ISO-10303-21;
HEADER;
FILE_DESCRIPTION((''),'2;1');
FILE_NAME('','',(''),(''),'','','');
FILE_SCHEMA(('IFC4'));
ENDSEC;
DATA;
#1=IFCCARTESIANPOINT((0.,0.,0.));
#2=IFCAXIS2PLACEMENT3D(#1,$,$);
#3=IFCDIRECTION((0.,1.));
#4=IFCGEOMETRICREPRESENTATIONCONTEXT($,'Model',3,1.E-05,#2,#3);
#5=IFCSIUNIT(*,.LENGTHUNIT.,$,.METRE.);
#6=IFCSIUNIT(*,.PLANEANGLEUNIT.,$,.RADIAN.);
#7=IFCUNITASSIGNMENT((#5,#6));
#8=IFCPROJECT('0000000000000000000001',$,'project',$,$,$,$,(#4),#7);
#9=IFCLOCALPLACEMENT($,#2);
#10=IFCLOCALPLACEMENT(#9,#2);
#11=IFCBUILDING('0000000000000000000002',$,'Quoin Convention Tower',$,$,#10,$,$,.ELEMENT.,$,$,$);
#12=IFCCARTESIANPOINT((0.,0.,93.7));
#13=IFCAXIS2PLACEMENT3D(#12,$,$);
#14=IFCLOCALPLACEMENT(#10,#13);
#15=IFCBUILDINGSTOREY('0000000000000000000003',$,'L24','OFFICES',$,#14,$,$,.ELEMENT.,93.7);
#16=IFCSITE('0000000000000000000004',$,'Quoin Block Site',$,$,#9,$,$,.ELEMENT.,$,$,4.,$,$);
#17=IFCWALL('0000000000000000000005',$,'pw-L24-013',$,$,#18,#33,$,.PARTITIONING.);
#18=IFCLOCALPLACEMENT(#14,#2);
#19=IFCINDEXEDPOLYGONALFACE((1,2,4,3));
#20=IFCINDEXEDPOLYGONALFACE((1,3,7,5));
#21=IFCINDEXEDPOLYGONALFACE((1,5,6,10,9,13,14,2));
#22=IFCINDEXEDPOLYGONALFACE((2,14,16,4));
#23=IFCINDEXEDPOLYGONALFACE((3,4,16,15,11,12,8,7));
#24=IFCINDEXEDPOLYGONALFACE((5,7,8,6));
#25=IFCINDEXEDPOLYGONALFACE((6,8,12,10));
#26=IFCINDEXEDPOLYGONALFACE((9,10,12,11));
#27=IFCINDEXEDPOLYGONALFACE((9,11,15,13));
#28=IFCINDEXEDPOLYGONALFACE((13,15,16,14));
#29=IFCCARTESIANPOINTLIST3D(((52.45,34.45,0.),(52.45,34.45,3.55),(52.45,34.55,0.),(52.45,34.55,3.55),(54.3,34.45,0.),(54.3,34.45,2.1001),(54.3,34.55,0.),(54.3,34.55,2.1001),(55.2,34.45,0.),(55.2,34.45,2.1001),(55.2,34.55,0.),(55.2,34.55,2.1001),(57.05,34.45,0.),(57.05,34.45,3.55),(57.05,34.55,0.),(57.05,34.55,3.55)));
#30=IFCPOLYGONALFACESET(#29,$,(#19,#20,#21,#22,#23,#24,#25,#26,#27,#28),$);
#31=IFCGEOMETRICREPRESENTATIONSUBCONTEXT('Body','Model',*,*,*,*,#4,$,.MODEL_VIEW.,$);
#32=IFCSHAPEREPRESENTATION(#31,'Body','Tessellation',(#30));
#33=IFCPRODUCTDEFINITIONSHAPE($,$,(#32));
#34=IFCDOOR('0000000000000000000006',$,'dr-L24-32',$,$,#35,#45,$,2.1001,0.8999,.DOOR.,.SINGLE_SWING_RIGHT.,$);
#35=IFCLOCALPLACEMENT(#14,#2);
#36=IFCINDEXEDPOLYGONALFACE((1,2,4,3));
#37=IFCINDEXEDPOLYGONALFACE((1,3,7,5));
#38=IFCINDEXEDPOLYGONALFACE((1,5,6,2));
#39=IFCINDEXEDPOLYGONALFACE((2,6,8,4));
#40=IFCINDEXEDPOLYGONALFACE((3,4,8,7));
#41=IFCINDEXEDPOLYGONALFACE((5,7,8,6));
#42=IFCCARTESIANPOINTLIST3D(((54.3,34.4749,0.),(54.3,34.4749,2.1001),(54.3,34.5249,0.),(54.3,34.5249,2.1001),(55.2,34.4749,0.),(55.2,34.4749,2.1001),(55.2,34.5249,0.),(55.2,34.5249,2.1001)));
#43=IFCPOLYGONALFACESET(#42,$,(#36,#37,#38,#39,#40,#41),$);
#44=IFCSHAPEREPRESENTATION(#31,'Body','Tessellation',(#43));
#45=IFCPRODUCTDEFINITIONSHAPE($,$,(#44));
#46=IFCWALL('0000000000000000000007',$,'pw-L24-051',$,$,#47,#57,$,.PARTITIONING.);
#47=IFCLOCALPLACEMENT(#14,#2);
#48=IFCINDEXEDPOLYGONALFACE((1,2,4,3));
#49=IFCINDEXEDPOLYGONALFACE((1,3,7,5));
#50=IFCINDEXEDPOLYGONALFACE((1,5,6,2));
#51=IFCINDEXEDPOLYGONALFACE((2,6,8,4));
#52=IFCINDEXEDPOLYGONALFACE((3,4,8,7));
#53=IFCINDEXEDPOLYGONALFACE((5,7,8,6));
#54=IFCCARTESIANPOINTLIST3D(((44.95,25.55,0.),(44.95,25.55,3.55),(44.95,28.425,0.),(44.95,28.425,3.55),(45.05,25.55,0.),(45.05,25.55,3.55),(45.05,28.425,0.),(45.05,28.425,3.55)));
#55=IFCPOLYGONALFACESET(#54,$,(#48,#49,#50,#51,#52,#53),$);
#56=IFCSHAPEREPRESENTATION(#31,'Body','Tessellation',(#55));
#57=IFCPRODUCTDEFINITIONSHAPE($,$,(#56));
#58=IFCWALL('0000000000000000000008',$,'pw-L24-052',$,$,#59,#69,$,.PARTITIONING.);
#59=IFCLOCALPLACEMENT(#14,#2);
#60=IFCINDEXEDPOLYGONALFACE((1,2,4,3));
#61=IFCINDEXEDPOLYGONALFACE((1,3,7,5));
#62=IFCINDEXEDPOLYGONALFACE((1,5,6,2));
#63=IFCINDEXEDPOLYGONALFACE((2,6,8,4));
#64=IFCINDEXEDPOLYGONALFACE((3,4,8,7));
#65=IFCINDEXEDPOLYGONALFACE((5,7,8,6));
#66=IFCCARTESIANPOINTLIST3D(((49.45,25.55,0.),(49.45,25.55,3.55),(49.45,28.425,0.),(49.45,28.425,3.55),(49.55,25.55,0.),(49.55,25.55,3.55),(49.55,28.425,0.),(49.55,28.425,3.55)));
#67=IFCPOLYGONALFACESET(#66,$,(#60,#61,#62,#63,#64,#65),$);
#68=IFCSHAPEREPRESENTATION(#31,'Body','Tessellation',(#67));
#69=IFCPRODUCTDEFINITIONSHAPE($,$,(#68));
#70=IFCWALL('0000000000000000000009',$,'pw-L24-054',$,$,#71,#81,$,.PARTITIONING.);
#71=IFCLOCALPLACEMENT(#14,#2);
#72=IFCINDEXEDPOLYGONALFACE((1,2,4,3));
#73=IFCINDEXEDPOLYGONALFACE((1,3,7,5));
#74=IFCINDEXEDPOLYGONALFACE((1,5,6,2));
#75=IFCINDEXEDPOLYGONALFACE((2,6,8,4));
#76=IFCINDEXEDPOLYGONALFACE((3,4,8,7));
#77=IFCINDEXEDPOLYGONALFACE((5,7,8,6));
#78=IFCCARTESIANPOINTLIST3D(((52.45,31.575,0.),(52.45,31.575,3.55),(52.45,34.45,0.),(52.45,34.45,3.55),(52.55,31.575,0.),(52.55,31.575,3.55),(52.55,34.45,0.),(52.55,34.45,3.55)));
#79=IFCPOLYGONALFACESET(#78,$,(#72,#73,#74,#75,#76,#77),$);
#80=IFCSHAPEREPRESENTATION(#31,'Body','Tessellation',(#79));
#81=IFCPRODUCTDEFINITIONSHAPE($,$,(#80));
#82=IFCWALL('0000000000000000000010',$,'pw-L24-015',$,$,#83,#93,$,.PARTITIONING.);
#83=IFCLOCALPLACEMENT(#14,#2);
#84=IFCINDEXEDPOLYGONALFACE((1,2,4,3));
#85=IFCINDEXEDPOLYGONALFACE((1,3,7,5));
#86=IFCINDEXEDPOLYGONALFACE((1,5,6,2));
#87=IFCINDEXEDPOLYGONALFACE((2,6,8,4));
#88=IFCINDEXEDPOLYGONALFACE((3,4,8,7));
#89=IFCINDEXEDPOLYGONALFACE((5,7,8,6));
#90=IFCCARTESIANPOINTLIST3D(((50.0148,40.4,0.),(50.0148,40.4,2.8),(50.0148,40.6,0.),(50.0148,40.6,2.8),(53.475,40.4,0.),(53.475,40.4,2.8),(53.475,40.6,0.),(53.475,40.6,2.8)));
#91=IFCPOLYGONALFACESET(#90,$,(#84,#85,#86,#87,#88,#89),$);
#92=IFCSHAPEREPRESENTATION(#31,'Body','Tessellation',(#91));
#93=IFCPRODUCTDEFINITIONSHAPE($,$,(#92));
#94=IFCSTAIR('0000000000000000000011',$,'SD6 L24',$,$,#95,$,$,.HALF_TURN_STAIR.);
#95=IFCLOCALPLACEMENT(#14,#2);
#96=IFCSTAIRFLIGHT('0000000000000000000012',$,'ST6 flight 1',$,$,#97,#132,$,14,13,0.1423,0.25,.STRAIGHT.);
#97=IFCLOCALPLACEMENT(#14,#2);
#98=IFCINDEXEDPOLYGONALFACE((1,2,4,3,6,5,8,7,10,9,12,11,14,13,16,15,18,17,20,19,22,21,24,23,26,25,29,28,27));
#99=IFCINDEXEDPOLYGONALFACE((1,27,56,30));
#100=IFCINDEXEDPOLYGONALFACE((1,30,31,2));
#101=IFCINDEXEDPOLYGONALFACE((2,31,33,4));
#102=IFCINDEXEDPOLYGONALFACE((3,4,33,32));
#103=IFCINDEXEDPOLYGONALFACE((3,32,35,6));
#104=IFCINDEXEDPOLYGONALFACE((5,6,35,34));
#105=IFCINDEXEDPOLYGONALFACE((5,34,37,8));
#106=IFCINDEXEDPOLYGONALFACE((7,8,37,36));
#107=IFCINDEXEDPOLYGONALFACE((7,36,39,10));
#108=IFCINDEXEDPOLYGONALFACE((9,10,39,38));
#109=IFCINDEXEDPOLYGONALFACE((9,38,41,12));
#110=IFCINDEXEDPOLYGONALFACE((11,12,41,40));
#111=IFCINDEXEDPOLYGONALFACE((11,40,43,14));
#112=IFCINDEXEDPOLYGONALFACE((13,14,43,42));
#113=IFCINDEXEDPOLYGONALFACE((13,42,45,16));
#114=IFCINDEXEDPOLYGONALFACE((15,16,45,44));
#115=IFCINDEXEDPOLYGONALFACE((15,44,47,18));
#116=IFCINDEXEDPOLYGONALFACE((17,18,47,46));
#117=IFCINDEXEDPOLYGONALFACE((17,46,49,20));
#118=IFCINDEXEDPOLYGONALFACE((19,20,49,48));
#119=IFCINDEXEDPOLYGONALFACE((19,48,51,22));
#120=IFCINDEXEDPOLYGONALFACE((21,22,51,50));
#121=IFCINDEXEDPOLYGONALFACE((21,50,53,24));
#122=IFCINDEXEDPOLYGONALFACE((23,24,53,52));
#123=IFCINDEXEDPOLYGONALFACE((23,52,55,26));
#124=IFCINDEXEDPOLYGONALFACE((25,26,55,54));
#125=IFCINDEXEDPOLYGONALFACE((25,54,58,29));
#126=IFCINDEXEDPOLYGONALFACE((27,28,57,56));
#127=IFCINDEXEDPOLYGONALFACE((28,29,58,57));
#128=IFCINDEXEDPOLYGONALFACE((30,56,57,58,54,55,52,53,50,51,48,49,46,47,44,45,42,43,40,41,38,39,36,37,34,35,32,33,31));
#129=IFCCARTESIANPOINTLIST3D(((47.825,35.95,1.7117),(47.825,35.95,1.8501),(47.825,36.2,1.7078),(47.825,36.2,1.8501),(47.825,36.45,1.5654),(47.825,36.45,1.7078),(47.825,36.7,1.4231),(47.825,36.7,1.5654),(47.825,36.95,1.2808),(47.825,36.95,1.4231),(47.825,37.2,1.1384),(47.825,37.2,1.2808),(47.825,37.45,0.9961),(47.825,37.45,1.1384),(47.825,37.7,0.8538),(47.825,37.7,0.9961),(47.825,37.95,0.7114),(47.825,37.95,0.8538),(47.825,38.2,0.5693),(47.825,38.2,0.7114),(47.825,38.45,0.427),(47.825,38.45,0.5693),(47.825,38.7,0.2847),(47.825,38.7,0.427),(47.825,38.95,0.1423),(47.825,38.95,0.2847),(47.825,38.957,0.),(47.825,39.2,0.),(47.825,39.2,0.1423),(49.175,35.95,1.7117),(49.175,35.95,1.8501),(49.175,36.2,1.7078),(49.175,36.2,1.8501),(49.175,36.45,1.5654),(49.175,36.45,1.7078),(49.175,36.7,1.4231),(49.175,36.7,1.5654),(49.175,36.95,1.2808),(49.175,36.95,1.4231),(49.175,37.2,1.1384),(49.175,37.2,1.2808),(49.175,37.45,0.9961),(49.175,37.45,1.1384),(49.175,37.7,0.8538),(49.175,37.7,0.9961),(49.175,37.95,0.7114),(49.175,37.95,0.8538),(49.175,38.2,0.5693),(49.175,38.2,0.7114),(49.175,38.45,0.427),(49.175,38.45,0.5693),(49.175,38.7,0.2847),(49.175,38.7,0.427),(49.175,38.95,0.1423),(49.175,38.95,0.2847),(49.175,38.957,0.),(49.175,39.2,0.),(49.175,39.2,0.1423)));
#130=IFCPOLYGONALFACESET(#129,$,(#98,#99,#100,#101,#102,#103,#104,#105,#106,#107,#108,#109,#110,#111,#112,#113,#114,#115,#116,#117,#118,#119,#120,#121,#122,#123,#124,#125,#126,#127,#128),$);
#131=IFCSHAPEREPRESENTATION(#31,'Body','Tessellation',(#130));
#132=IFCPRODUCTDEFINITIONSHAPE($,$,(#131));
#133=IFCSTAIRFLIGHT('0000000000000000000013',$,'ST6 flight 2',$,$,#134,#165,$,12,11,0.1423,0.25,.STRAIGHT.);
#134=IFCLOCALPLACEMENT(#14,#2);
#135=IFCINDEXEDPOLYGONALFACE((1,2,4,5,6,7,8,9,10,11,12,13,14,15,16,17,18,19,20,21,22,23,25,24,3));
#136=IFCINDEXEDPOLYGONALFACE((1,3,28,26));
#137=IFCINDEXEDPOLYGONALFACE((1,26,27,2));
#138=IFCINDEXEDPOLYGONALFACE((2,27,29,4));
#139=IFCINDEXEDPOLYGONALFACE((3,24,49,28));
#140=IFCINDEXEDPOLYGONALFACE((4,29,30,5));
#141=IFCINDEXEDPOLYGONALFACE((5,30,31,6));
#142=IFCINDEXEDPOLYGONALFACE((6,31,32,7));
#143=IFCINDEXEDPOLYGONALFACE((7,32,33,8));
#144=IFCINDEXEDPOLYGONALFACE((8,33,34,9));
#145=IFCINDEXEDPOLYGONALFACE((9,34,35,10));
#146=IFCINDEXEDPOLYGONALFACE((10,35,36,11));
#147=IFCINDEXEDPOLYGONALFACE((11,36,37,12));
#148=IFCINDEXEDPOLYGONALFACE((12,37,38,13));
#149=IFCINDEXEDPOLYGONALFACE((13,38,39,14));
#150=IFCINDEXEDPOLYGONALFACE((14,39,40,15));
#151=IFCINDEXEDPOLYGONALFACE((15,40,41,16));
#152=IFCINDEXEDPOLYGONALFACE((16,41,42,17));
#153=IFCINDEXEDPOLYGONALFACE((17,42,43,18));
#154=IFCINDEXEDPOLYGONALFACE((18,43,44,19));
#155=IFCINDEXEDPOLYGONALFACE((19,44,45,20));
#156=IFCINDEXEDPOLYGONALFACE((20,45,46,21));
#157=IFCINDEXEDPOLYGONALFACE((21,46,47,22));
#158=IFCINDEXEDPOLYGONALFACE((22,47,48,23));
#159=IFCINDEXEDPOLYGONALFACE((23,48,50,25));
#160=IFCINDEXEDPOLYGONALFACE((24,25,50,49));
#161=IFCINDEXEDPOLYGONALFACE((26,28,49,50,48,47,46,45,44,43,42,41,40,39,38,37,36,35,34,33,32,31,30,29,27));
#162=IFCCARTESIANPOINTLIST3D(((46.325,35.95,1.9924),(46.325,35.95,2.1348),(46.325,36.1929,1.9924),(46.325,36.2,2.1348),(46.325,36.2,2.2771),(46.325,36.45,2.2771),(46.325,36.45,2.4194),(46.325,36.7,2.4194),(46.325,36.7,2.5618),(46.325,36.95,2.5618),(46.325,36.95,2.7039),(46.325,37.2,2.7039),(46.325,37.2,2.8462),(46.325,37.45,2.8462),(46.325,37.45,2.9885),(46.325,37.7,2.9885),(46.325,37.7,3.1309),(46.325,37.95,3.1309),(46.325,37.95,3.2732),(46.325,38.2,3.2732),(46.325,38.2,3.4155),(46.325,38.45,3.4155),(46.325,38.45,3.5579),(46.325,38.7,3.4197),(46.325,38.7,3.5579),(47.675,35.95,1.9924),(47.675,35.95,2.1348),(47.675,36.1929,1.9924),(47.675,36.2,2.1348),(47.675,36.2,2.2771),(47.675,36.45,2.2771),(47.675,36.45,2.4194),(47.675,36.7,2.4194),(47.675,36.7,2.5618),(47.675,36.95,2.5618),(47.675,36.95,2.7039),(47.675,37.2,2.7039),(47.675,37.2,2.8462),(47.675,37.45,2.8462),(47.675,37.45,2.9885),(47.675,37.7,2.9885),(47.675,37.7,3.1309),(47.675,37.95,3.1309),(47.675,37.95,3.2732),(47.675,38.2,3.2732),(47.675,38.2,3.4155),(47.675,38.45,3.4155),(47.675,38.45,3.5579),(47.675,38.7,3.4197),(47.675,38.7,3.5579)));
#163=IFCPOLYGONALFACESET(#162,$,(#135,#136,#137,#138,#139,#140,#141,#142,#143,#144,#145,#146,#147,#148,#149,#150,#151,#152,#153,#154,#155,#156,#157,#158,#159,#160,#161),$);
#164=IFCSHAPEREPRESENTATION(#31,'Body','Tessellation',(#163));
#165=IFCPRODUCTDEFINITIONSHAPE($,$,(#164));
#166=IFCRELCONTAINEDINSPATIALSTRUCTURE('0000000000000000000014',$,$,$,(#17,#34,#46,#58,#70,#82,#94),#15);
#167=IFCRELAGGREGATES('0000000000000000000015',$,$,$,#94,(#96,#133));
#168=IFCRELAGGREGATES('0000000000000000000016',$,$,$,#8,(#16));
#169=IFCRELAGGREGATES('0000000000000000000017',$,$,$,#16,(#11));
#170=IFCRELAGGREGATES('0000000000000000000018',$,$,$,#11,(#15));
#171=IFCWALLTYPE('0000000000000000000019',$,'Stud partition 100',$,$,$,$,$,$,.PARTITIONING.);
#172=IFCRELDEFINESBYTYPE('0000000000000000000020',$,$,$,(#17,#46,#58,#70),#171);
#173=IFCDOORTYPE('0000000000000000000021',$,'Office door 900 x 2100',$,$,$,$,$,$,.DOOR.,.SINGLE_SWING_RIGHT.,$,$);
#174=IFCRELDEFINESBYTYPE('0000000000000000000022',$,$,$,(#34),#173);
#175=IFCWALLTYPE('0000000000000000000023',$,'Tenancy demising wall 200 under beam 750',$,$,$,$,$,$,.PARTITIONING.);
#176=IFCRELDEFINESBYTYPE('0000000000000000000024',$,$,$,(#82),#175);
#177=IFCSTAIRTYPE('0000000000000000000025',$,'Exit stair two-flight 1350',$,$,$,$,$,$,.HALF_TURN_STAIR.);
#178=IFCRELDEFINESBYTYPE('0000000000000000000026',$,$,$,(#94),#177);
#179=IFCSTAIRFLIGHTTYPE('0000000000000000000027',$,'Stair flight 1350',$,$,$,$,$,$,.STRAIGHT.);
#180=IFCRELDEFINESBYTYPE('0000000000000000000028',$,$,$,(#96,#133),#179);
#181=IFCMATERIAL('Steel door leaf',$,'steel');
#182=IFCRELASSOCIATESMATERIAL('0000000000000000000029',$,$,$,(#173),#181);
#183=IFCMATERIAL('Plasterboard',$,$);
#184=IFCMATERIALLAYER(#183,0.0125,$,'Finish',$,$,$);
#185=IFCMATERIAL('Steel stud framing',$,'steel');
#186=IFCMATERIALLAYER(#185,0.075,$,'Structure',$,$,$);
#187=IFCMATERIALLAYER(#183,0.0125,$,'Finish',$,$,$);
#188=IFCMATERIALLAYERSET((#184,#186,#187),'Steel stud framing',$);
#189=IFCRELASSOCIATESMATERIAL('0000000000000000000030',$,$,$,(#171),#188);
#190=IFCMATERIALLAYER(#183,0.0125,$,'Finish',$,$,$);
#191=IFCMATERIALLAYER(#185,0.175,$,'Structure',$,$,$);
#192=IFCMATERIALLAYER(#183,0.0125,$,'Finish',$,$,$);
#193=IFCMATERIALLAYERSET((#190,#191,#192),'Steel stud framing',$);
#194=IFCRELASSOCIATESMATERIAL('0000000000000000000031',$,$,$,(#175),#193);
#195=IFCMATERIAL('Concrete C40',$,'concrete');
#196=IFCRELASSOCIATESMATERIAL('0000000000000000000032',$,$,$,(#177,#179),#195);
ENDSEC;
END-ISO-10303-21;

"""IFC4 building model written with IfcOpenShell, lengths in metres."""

from ifc_helpers import new_model, si_unit, direction, frame, frame_2d, origin, place, context, subcontext, project, spatial, polyline, rectangle, outline, extrude, material, layer, layer_set, type_object, element, fill, aggregate, save


model = new_model("IFC4")

# Units and contexts
model_context = context("Model", 3, precision=1e-05, world=origin(), true_north=direction((0.0, 1.0)))
body_context = subcontext(model_context, "Body", "Model", "MODEL_VIEW")
ifc_project = project(units=[si_unit("LENGTHUNIT", "METRE"), si_unit("PLANEANGLEUNIT", "RADIAN")], contexts=[model_context])

# Site, building, storey
site_placement = place(None, origin())
site = spatial("IfcSite", under=ifc_project, at=site_placement, Name="Quoin Block Site", CompositionType="ELEMENT", RefElevation=4.0)
building_placement = place(site_placement, origin())
building = spatial("IfcBuilding", under=site, at=building_placement, Name="Quoin Convention Tower", CompositionType="ELEMENT")
storey_placement = place(building_placement, frame((0.0, 0.0, 93.7)))
storey = spatial("IfcBuildingStorey", under=building, at=storey_placement, Name="L24", Description="OFFICES", CompositionType="ELEMENT", Elevation=93.7)

# Shared definitions
ifc_material_1 = material(Name="Plasterboard")
ifc_material_2 = material(Name="Steel stud framing", Category="steel")
ifc_material_3 = material(Name="Steel door leaf", Category="steel")
door_type_1 = type_object("IfcDoorType", Name="Office door 900 x 2100", OperationType="SINGLE_SWING_RIGHT", PredefinedType="DOOR", material=ifc_material_3)

# Wall, opening, door
ifc_layer_1 = layer(ifc_material_1, 0.0125, Name="Finish")
ifc_layer_2 = layer(ifc_material_2, 0.075, Name="Structure")
ifc_layer_3 = layer(ifc_material_1, 0.0125, Name="Finish")
ifc_layer_set_1 = layer_set([ifc_layer_1, ifc_layer_2, ifc_layer_3], Name="Steel stud framing")
wall_type_1 = type_object("IfcWallType", Name="Stud partition 100", PredefinedType="PARTITIONING", material=ifc_layer_set_1)
wall_1_placement = place(storey_placement, frame((52.45, 34.5, 0.0), z_axis=(0.0, 0.0, 1.0), x_axis=(1.0, 0.0, 0.0)))
wall_1 = element("IfcWall", 1, at=wall_1_placement, inside=storey, type_object=wall_type_1, Name="pw-L24-013", PredefinedType="PARTITIONING", context=body_context, shape_type="SweptSolid", body=[
    extrude(rectangle(XDim=4.6001, YDim=0.1001, at=frame_2d((2.3, 0.0))), origin(), (0.0, 0.0, 1.0), 3.55),
])
opening_1_placement = place(wall_1_placement, frame((1.8501, 0.0, 0.0)))
opening_1 = element("IfcOpeningElement", 2, at=opening_1_placement, cuts=wall_1, PredefinedType="OPENING", context=body_context, shape_type="SweptSolid", body=[
    extrude(rectangle(XDim=0.8999, YDim=2.1001, at=frame_2d((0.45, 1.05))), frame((0.0, 0.0601, 0.0), z_axis=(0.0, -1.0, 0.0), x_axis=(1.0, 0.0, 0.0)), (0.0, 0.0, 1.0), 0.1201),
])
door_1_placement = place(opening_1_placement, origin())
door_1 = element("IfcDoor", 3, at=door_1_placement, inside=storey, type_object=door_type_1, Name="dr-L24-32", OperationType="SINGLE_SWING_RIGHT", OverallHeight=2.1001, OverallWidth=0.8999, PredefinedType="DOOR", context=body_context, shape_type="SweptSolid", body=[
    extrude(rectangle(XDim=0.8999, YDim=2.1001, at=frame_2d((0.45, 1.05))), frame((0.0, 0.0249, 0.0), z_axis=(0.0, -1.0, 0.0), x_axis=(1.0, 0.0, 0.0)), (0.0, 0.0, 1.0), 0.05),
])
fill(opening_1, door_1)

# Walls
for number, where, z_axis, x_axis, name in (
    (4, (45.0, 25.55, 0.0), (0.0, 0.0, 1.0), (0.0, 1.0, 0.0), "pw-L24-051"),
    (5, (49.5, 25.55, 0.0), (0.0, 0.0, 1.0), (0.0, 1.0, 0.0), "pw-L24-052"),
    (6, (52.5, 31.575, 0.0), (0.0, 0.0, 1.0), (0.0, 1.0, 0.0), "pw-L24-054"),
):
    element("IfcWall", number, at=place(storey_placement, frame(where, z_axis=z_axis, x_axis=x_axis)), inside=storey, type_object=wall_type_1, Name=name, PredefinedType="PARTITIONING", context=body_context, shape_type="SweptSolid", body=[
        extrude(rectangle(XDim=2.875, YDim=0.1001, at=frame_2d((1.4375, 0.0))), origin(), (0.0, 0.0, 1.0), 3.55),
    ])
ifc_layer_4 = layer(ifc_material_1, 0.0125, Name="Finish")
ifc_layer_5 = layer(ifc_material_2, 0.175, Name="Structure")
ifc_layer_6 = layer(ifc_material_1, 0.0125, Name="Finish")
ifc_layer_set_2 = layer_set([ifc_layer_4, ifc_layer_5, ifc_layer_6], Name="Steel stud framing")
wall_type_2 = type_object("IfcWallType", Name="Tenancy demising wall 200 under beam 750", PredefinedType="PARTITIONING", material=ifc_layer_set_2)
wall_2_placement = place(storey_placement, frame((50.0149, 40.5, 0.0), z_axis=(0.0, 0.0, 1.0), x_axis=(1.0, 0.0, 0.0)))
element("IfcWall", 7, at=wall_2_placement, inside=storey, type_object=wall_type_2, Name="pw-L24-015", PredefinedType="PARTITIONING", context=body_context, shape_type="SweptSolid", body=[
    extrude(rectangle(XDim=3.4602, YDim=0.2, at=frame_2d((1.73, 0.0))), origin(), (0.0, 0.0, 1.0), 2.8),
])

# Stair, stair flights
ifc_material_4 = material(Name="Concrete C40", Category="concrete")
stair_type = type_object("IfcStairType", Name="Exit stair two-flight 1350", PredefinedType="HALF_TURN_STAIR", material=ifc_material_4)
stair_placement = place(storey_placement, origin())
stair = element("IfcStair", 8, at=stair_placement, inside=storey, type_object=stair_type, Name="SD6 L24", PredefinedType="HALF_TURN_STAIR")
stair_flight_type = type_object("IfcStairFlightType", Name="Stair flight 1350", PredefinedType="STRAIGHT", material=ifc_material_4)
stair_flight_1_placement = place(storey_placement, frame((48.5, 39.2, 0.0), z_axis=(0.0, 0.0, 1.0), x_axis=(0.0, -1.0, 0.0)))
stair_flight_1 = element("IfcStairFlight", 9, at=stair_flight_1_placement, type_object=stair_flight_type, Name="ST6 flight 1", NumberOfRisers=14, NumberOfTreads=13, PredefinedType="STRAIGHT", RiserHeight=0.1423, TreadLength=0.25, context=body_context, shape_type="SweptSolid", body=[
    extrude(outline(polyline([(0.0, 0.0), (0.0, 0.1423), (0.25, 0.1423), (0.25, 0.2847), (0.5, 0.2847), (0.5, 0.427), (0.75, 0.427), (0.75, 0.5693), (1.0, 0.5693), (1.0, 0.7114), (1.25, 0.7114), (1.25, 0.8538), (1.5, 0.8538), (1.5, 0.9961), (1.75, 0.9961), (1.75, 1.1384), (2.0, 1.1384), (2.0, 1.2808), (2.25, 1.2808), (2.25, 1.4231), (2.5, 1.4231), (2.5, 1.5654), (2.75, 1.5654), (2.75, 1.7078), (3.0, 1.7078), (3.0, 1.8501), (3.25, 1.8501), (3.25, 1.9922), (3.25, 1.7117), (0.2429, 0.0), (0.0, 0.0)])), frame((0.0, 0.675, 0.0), z_axis=(0.0, -1.0, 0.0), x_axis=(1.0, 0.0, 0.0)), (0.0, 0.0, 1.0), 1.3501),
])
stair_flight_2_placement = place(storey_placement, frame((47.0, 35.95, 1.9924), z_axis=(0.0, 0.0, 1.0), x_axis=(0.0, 1.0, 0.0)))
stair_flight_2 = element("IfcStairFlight", 10, at=stair_flight_2_placement, type_object=stair_flight_type, Name="ST6 flight 2", NumberOfRisers=12, NumberOfTreads=11, PredefinedType="STRAIGHT", RiserHeight=0.1423, TreadLength=0.25, context=body_context, shape_type="SweptSolid", body=[
    extrude(outline(polyline([(0.0, 0.0), (0.0, 0.1423), (0.25, 0.1423), (0.25, 0.2847), (0.5, 0.2847), (0.5, 0.427), (0.75, 0.427), (0.75, 0.5693), (1.0, 0.5693), (1.0, 0.7114), (1.25, 0.7114), (1.25, 0.8538), (1.5, 0.8538), (1.5, 0.9961), (1.75, 0.9961), (1.75, 1.1384), (2.0, 1.1384), (2.0, 1.2808), (2.25, 1.2808), (2.25, 1.4231), (2.5, 1.4231), (2.5, 1.5654), (2.75, 1.5654), (2.75, 1.7078), (2.75, 1.4272), (0.2429, 0.0), (0.0, 0.0)])), frame((0.0, 0.675, 0.0), z_axis=(0.0, -1.0, 0.0), x_axis=(1.0, 0.0, 0.0)), (0.0, 0.0, 1.0), 1.3501),
])
aggregate(stair, [stair_flight_1, stair_flight_2])

save(model, "model.ifc")
